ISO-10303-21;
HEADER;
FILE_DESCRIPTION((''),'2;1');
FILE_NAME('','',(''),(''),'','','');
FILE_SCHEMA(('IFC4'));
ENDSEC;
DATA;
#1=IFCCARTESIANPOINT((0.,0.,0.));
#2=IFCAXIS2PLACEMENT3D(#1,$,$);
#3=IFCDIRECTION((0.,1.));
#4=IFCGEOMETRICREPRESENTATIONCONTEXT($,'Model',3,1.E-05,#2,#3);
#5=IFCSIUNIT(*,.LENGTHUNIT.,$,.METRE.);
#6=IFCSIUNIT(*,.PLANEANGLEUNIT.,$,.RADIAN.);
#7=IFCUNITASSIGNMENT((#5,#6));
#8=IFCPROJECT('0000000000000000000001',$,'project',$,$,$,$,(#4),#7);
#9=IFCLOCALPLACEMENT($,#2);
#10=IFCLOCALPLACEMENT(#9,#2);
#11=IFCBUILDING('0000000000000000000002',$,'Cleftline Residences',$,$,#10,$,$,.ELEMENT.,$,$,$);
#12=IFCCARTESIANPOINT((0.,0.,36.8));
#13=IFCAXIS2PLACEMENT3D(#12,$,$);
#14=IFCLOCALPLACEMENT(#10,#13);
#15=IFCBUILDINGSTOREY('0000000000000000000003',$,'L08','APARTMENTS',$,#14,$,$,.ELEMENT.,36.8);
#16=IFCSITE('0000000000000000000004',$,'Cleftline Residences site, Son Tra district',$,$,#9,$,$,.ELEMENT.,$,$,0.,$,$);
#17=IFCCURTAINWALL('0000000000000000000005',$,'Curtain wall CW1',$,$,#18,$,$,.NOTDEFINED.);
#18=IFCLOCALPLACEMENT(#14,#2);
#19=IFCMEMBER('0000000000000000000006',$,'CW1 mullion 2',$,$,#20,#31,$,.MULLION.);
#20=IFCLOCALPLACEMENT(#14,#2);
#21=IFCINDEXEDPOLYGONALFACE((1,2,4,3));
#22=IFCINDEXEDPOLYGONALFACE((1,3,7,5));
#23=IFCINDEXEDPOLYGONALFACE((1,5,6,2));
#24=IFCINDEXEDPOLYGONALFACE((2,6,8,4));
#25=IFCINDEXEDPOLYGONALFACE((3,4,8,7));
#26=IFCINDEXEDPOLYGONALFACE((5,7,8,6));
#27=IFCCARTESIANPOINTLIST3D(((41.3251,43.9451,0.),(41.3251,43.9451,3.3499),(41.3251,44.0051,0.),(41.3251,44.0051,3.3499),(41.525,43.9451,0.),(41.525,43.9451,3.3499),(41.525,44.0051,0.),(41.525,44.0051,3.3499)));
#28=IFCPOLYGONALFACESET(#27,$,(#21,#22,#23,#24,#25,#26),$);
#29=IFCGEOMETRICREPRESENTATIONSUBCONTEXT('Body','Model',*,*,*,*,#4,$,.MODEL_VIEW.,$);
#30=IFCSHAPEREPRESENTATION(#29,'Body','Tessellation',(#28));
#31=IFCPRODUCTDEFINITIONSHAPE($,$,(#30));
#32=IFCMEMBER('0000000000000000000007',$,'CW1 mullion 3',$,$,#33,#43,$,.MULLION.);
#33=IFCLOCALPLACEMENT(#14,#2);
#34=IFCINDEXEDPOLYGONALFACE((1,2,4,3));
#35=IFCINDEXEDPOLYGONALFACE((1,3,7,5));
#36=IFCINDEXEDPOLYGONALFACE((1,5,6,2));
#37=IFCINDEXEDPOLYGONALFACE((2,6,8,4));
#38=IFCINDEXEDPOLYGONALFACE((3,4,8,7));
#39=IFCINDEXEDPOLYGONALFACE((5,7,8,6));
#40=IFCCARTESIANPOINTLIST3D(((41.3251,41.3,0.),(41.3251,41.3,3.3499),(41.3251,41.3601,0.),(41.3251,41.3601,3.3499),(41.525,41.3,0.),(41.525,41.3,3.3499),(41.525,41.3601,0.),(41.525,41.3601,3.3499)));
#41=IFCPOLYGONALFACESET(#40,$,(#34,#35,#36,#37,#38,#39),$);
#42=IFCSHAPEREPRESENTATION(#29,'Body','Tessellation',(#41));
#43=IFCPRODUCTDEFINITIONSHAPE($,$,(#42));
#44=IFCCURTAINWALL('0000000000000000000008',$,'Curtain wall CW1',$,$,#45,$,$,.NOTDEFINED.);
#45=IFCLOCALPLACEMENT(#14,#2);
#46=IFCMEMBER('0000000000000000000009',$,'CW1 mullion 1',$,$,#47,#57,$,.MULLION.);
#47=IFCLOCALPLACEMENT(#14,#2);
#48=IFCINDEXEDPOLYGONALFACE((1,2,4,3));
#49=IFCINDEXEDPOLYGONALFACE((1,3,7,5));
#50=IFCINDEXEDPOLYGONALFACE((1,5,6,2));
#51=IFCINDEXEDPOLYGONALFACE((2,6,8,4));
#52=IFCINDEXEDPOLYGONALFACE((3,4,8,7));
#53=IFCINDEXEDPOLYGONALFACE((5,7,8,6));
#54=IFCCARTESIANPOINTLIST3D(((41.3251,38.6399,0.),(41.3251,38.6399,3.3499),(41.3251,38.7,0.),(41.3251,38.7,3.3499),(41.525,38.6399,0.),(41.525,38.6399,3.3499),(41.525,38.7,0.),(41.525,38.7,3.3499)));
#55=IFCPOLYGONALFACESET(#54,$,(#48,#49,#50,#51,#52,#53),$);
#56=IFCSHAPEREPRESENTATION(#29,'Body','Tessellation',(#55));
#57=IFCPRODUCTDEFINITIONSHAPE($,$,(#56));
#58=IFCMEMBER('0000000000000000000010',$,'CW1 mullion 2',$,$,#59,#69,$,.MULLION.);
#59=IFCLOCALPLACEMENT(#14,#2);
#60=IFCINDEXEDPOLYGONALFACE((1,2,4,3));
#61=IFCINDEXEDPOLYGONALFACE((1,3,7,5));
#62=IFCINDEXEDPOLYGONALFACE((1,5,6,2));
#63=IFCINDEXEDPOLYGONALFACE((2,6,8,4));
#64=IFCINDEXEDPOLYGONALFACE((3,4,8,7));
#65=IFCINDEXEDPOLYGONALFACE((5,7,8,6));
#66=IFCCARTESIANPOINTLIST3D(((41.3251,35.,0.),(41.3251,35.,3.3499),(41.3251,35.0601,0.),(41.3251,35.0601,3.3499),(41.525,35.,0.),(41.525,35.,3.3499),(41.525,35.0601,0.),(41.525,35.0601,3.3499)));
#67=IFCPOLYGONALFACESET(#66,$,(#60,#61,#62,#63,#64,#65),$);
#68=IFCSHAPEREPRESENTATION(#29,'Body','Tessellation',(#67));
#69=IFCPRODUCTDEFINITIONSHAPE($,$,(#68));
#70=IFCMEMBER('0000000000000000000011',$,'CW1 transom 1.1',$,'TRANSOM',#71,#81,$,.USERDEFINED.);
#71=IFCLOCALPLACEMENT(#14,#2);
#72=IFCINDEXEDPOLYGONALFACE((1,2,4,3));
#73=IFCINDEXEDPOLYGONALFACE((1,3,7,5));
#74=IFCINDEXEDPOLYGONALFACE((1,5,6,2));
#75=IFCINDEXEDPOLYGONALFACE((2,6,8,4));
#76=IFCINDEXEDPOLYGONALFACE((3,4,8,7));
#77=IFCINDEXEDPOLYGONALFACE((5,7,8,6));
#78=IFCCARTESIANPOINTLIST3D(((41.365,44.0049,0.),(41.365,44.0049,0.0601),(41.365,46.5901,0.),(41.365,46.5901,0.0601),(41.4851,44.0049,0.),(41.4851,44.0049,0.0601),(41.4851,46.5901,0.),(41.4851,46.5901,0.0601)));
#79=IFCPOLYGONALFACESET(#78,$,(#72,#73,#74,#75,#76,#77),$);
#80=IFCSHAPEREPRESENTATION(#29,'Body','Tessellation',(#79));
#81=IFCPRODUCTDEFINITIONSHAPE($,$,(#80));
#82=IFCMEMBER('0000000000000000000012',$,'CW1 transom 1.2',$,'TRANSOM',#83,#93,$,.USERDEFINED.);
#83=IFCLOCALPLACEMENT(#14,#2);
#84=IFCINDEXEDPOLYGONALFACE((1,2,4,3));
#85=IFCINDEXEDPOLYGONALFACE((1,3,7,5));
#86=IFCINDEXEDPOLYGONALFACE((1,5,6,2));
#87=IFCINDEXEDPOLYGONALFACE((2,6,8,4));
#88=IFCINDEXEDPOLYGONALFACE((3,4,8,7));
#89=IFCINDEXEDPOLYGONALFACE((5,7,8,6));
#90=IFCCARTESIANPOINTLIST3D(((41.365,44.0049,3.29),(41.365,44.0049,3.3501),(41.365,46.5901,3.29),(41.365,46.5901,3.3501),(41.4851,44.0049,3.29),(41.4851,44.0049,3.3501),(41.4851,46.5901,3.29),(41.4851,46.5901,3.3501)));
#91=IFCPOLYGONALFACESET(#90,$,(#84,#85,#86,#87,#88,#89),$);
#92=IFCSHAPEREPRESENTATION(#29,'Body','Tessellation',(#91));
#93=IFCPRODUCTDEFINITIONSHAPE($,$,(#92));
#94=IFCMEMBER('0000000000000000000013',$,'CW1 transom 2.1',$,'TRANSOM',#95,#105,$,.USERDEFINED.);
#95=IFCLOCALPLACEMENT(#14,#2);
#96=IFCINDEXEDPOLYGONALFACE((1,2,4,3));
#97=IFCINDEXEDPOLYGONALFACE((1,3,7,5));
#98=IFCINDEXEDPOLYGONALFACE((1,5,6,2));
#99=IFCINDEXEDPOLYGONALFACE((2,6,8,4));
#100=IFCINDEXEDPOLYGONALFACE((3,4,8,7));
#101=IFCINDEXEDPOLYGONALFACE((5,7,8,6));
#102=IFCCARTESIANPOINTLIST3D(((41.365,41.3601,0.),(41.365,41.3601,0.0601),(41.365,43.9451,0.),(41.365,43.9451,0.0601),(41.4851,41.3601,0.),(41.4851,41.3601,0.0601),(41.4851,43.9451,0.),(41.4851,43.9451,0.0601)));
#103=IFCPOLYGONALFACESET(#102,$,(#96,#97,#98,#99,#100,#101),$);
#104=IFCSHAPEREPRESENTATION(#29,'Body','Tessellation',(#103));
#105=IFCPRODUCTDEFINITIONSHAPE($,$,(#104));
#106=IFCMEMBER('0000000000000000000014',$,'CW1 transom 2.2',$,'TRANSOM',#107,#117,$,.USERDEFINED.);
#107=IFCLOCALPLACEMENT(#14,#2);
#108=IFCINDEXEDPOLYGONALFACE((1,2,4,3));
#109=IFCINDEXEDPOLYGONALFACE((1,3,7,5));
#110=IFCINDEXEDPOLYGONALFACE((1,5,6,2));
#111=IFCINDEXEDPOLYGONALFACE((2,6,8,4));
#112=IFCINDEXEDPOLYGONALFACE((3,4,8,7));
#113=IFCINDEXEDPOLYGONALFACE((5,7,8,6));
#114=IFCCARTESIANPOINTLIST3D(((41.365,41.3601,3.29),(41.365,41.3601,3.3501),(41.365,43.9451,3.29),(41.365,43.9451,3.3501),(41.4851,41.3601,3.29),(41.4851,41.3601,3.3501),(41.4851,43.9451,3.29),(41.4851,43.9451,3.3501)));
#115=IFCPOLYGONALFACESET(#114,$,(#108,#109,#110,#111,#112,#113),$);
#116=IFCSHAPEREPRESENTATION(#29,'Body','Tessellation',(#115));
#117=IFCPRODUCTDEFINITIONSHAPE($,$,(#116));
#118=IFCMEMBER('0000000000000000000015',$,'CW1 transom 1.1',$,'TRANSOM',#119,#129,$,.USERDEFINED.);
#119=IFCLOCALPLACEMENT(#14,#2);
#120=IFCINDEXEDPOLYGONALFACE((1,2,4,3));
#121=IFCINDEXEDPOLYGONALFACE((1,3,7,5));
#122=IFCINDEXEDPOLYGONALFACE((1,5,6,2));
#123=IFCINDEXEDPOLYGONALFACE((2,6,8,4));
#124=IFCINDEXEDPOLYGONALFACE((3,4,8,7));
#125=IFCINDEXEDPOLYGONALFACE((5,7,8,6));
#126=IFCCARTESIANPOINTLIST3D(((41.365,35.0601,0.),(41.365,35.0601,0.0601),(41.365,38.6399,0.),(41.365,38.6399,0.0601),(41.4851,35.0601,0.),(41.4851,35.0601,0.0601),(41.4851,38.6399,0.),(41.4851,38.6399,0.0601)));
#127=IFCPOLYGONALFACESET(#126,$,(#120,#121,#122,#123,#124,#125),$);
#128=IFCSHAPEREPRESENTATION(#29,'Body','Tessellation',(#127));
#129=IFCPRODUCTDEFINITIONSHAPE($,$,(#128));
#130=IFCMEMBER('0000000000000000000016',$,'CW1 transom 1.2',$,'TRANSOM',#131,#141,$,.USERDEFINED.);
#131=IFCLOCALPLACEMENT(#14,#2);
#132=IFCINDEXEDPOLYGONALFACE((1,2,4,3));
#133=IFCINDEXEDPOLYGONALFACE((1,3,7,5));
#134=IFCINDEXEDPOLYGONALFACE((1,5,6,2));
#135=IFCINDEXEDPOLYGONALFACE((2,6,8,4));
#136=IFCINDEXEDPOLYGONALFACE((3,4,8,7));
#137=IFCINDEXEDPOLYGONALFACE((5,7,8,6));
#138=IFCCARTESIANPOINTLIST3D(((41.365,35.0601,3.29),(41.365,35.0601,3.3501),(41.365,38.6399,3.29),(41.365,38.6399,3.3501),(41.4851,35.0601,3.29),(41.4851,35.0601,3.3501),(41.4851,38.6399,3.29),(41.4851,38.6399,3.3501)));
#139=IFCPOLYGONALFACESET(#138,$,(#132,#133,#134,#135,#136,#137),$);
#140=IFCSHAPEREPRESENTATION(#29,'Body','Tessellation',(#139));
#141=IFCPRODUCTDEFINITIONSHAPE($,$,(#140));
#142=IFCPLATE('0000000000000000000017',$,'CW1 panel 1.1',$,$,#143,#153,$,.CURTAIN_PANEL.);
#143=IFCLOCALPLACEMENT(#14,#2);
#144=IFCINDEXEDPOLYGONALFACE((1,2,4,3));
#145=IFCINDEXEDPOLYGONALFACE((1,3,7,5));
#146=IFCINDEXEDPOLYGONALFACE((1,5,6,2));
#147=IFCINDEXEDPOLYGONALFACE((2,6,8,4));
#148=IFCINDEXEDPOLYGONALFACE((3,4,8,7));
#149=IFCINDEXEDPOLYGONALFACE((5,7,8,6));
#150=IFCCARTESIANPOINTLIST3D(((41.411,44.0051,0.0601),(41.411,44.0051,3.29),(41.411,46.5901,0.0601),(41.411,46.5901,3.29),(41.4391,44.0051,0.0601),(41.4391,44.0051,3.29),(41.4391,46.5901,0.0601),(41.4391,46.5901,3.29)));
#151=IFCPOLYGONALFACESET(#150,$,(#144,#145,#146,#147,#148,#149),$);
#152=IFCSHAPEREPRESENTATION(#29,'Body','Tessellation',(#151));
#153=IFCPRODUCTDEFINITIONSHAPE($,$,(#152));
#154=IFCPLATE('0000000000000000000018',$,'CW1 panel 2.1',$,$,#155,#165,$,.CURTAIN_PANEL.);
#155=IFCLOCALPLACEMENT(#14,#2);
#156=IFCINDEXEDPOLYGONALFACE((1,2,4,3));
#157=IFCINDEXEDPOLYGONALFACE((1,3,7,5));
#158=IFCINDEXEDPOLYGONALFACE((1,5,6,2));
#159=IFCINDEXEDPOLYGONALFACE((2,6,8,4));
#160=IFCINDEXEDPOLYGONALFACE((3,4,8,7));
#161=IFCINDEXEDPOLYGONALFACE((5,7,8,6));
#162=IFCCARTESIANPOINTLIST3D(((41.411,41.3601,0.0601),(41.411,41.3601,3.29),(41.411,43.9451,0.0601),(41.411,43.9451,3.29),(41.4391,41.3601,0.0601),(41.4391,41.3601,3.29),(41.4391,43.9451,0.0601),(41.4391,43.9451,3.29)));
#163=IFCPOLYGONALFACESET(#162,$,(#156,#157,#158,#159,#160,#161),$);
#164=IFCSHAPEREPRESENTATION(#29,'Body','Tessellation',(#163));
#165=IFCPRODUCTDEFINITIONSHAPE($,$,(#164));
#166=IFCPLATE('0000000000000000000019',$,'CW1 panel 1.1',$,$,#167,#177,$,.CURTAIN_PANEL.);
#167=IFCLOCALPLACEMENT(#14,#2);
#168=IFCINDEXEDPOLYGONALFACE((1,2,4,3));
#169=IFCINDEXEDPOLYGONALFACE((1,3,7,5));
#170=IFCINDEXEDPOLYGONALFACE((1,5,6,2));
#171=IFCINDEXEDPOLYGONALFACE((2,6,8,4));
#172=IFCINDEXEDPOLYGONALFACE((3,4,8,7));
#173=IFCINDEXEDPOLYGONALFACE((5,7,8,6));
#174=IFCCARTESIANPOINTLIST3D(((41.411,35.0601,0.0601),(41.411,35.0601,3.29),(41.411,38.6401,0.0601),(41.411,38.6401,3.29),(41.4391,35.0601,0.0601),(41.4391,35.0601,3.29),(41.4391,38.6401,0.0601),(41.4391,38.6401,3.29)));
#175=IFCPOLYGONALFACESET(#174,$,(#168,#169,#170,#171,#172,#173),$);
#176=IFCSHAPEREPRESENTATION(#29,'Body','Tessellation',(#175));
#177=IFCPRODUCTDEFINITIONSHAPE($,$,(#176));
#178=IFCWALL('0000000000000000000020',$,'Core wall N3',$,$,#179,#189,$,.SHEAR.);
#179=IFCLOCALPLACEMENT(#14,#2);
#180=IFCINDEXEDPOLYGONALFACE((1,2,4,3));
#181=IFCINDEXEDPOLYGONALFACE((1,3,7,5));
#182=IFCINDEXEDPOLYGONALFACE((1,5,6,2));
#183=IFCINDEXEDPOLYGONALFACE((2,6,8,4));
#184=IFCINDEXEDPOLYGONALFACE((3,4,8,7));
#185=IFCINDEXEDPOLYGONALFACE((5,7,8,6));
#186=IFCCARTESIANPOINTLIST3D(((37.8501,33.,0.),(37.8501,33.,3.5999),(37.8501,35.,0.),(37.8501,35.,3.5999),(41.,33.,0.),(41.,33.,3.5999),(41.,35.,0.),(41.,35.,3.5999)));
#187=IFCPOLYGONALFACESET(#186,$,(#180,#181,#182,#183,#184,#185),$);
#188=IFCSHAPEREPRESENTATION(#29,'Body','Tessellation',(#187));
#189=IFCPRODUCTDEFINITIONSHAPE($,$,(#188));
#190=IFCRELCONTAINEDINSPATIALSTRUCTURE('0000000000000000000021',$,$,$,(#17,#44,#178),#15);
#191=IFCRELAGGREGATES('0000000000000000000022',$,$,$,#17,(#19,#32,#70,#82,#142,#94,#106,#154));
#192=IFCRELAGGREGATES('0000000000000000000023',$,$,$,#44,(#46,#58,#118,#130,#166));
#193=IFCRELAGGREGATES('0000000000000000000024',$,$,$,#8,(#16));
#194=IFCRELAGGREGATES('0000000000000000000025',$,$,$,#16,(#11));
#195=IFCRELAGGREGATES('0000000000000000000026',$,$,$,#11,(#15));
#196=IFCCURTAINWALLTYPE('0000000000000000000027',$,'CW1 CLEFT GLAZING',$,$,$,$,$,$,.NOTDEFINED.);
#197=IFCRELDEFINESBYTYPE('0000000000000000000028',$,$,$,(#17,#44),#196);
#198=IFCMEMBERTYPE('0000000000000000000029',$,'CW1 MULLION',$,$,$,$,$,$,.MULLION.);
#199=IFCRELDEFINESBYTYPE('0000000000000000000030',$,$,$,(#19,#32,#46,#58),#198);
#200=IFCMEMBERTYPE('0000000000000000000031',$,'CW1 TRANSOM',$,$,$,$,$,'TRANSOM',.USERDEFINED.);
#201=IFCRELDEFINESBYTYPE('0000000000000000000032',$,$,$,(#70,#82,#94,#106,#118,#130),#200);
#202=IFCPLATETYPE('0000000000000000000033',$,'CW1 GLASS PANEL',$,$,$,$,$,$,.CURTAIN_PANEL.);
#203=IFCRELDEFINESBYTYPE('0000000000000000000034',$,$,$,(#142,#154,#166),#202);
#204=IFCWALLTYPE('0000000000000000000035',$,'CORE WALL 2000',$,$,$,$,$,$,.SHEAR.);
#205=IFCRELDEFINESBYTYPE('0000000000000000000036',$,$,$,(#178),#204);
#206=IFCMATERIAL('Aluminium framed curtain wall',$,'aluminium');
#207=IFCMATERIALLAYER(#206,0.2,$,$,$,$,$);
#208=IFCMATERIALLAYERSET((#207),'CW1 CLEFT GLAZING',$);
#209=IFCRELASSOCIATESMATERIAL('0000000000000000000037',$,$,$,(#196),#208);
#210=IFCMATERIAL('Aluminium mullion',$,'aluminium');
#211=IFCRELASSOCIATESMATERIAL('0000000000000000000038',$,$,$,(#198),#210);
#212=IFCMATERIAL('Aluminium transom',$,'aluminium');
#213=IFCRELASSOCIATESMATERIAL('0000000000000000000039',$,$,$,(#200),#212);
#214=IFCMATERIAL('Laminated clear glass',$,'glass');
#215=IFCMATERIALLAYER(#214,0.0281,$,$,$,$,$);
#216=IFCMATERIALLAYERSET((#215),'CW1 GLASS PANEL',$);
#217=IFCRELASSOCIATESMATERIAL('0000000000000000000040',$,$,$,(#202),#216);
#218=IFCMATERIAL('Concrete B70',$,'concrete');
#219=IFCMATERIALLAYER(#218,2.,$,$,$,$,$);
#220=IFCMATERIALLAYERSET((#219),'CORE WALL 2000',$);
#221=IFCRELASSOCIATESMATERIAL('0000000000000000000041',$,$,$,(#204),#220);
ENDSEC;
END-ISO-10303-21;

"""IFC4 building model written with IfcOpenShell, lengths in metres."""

from ifc_helpers import new_model, si_unit, direction, frame, frame_2d, origin, origin_2d, place, context, subcontext, project, spatial, rectangle, extrude, material, layer, layer_set, material_profile, profile_set, type_object, element, aggregate, save


model = new_model("IFC4")

# Units and contexts
model_context = context("Model", 3, precision=1e-05, world=origin(), true_north=direction((0.0, 1.0)))
body_context = subcontext(model_context, "Body", "Model", "MODEL_VIEW")
ifc_project = project(units=[si_unit("LENGTHUNIT", "METRE"), si_unit("PLANEANGLEUNIT", "RADIAN")], contexts=[model_context])

# Site, building, storey
site_placement = place(None, origin())
site = spatial("IfcSite", under=ifc_project, at=site_placement, Name="Cleftline Residences site, Son Tra district", CompositionType="ELEMENT", RefElevation=0.0)
building_placement = place(site_placement, origin())
building = spatial("IfcBuilding", under=site, at=building_placement, Name="Cleftline Residences", CompositionType="ELEMENT")
storey_placement = place(building_placement, frame((0.0, 0.0, 36.8)))
storey = spatial("IfcBuildingStorey", under=building, at=storey_placement, Name="L08", Description="APARTMENTS", CompositionType="ELEMENT", Elevation=36.8)

# Curtain walls, members
ifc_material_1 = material(Name="Aluminium framed curtain wall", Category="aluminium")
ifc_layer_1 = layer(ifc_material_1, 0.2)
ifc_layer_set_1 = layer_set([ifc_layer_1], Name="CW1 CLEFT GLAZING")
curtain_wall_type = type_object("IfcCurtainWallType", Name="CW1 CLEFT GLAZING", PredefinedType="NOTDEFINED", material=ifc_layer_set_1)
curtain_wall_1_placement = place(storey_placement, origin())
curtain_wall_1 = element("IfcCurtainWall", 1, at=curtain_wall_1_placement, inside=storey, type_object=curtain_wall_type, Name="Curtain wall CW1", PredefinedType="NOTDEFINED")
ifc_material_2 = material(Name="Aluminium mullion", Category="aluminium")
ifc_material_profile_1 = material_profile(ifc_material_2, rectangle(XDim=0.2, YDim=0.0601, at=origin_2d()))
ifc_profile_set_1 = profile_set([ifc_material_profile_1], Name="Aluminium mullion")
member_type_1 = type_object("IfcMemberType", Name="CW1 MULLION", PredefinedType="MULLION", material=ifc_profile_set_1)
member_1_placement = place(storey_placement, frame((41.425, 43.9751, 0.0), z_axis=(0.0, 0.0, 1.0), x_axis=(1.0, 0.0, 0.0)))
member_1 = element("IfcMember", 2, at=member_1_placement, type_object=member_type_1, Name="CW1 mullion 2", PredefinedType="MULLION", context=body_context, shape_type="SweptSolid", body=[
    extrude(rectangle(XDim=0.2, YDim=0.0601, at=origin_2d()), origin(), (0.0, 0.0, 1.0), 3.3499),
])
member_2_placement = place(storey_placement, frame((41.425, 41.3301, 0.0), z_axis=(0.0, 0.0, 1.0), x_axis=(1.0, 0.0, 0.0)))
member_2 = element("IfcMember", 3, at=member_2_placement, type_object=member_type_1, Name="CW1 mullion 3", PredefinedType="MULLION", context=body_context, shape_type="SweptSolid", body=[
    extrude(rectangle(XDim=0.2, YDim=0.0601, at=origin_2d()), origin(), (0.0, 0.0, 1.0), 3.3499),
])
curtain_wall_2_placement = place(storey_placement, origin())
curtain_wall_2 = element("IfcCurtainWall", 4, at=curtain_wall_2_placement, inside=storey, type_object=curtain_wall_type, Name="Curtain wall CW1", PredefinedType="NOTDEFINED")
member_3_placement = place(storey_placement, frame((41.425, 38.6699, 0.0), z_axis=(0.0, 0.0, 1.0), x_axis=(1.0, 0.0, 0.0)))
member_3 = element("IfcMember", 5, at=member_3_placement, type_object=member_type_1, Name="CW1 mullion 1", PredefinedType="MULLION", context=body_context, shape_type="SweptSolid", body=[
    extrude(rectangle(XDim=0.2, YDim=0.0601, at=origin_2d()), origin(), (0.0, 0.0, 1.0), 3.3499),
])
member_4_placement = place(storey_placement, frame((41.425, 35.03, 0.0), z_axis=(0.0, 0.0, 1.0), x_axis=(1.0, 0.0, 0.0)))
member_4 = element("IfcMember", 6, at=member_4_placement, type_object=member_type_1, Name="CW1 mullion 2", PredefinedType="MULLION", context=body_context, shape_type="SweptSolid", body=[
    extrude(rectangle(XDim=0.2, YDim=0.0601, at=origin_2d()), origin(), (0.0, 0.0, 1.0), 3.3499),
])

# Members
ifc_material_3 = material(Name="Aluminium transom", Category="aluminium")
ifc_material_profile_2 = material_profile(ifc_material_3, rectangle(XDim=0.1201, YDim=0.0601, at=origin_2d()))
ifc_profile_set_2 = profile_set([ifc_material_profile_2], Name="Aluminium transom")
member_type_2 = type_object("IfcMemberType", Name="CW1 TRANSOM", ElementType="TRANSOM", PredefinedType="USERDEFINED", material=ifc_profile_set_2)
member_5_placement = place(storey_placement, frame((41.425, 46.5901, 0.03), z_axis=(0.0, -1.0, 0.0), x_axis=(1.0, 0.0, 0.0)))
member_5 = element("IfcMember", 7, at=member_5_placement, type_object=member_type_2, Name="CW1 transom 1.1", ObjectType="TRANSOM", PredefinedType="USERDEFINED", context=body_context, shape_type="SweptSolid", body=[
    extrude(rectangle(XDim=0.1201, YDim=0.0601, at=origin_2d()), origin(), (0.0, 0.0, 1.0), 2.5852),
])
member_6_placement = place(storey_placement, frame((41.425, 46.5901, 3.3201), z_axis=(0.0, -1.0, 0.0), x_axis=(1.0, 0.0, 0.0)))
member_6 = element("IfcMember", 8, at=member_6_placement, type_object=member_type_2, Name="CW1 transom 1.2", ObjectType="TRANSOM", PredefinedType="USERDEFINED", context=body_context, shape_type="SweptSolid", body=[
    extrude(rectangle(XDim=0.1201, YDim=0.0601, at=origin_2d()), origin(), (0.0, 0.0, 1.0), 2.5852),
])
member_7_placement = place(storey_placement, frame((41.425, 43.9451, 0.03), z_axis=(0.0, -1.0, 0.0), x_axis=(1.0, 0.0, 0.0)))
member_7 = element("IfcMember", 9, at=member_7_placement, type_object=member_type_2, Name="CW1 transom 2.1", ObjectType="TRANSOM", PredefinedType="USERDEFINED", context=body_context, shape_type="SweptSolid", body=[
    extrude(rectangle(XDim=0.1201, YDim=0.0601, at=origin_2d()), origin(), (0.0, 0.0, 1.0), 2.585),
])
member_8_placement = place(storey_placement, frame((41.425, 43.9451, 3.3201), z_axis=(0.0, -1.0, 0.0), x_axis=(1.0, 0.0, 0.0)))
member_8 = element("IfcMember", 10, at=member_8_placement, type_object=member_type_2, Name="CW1 transom 2.2", ObjectType="TRANSOM", PredefinedType="USERDEFINED", context=body_context, shape_type="SweptSolid", body=[
    extrude(rectangle(XDim=0.1201, YDim=0.0601, at=origin_2d()), origin(), (0.0, 0.0, 1.0), 2.585),
])
member_9_placement = place(storey_placement, frame((41.425, 38.6399, 0.03), z_axis=(0.0, -1.0, 0.0), x_axis=(1.0, 0.0, 0.0)))
member_9 = element("IfcMember", 11, at=member_9_placement, type_object=member_type_2, Name="CW1 transom 1.1", ObjectType="TRANSOM", PredefinedType="USERDEFINED", context=body_context, shape_type="SweptSolid", body=[
    extrude(rectangle(XDim=0.1201, YDim=0.0601, at=origin_2d()), origin(), (0.0, 0.0, 1.0), 3.5798),
])
member_10_placement = place(storey_placement, frame((41.425, 38.6399, 3.3201), z_axis=(0.0, -1.0, 0.0), x_axis=(1.0, 0.0, 0.0)))
member_10 = element("IfcMember", 12, at=member_10_placement, type_object=member_type_2, Name="CW1 transom 1.2", ObjectType="TRANSOM", PredefinedType="USERDEFINED", context=body_context, shape_type="SweptSolid", body=[
    extrude(rectangle(XDim=0.1201, YDim=0.0601, at=origin_2d()), origin(), (0.0, 0.0, 1.0), 3.5798),
])

# Plates
ifc_material_4 = material(Name="Laminated clear glass", Category="glass")
ifc_layer_2 = layer(ifc_material_4, 0.0281)
ifc_layer_set_2 = layer_set([ifc_layer_2], Name="CW1 GLASS PANEL")
plate_type = type_object("IfcPlateType", Name="CW1 GLASS PANEL", PredefinedType="CURTAIN_PANEL", material=ifc_layer_set_2)
plate_1_placement = place(storey_placement, frame((41.425, 45.2976, 0.0601), z_axis=(0.0, 0.0, 1.0), x_axis=(0.0, -1.0, 0.0)))
plate_1 = element("IfcPlate", 13, at=plate_1_placement, type_object=plate_type, Name="CW1 panel 1.1", PredefinedType="CURTAIN_PANEL", context=body_context, shape_type="SweptSolid", body=[
    extrude(rectangle(XDim=2.585, YDim=0.0281, at=origin_2d()), origin(), (0.0, 0.0, 1.0), 3.23),
])
plate_2_placement = place(storey_placement, frame((41.425, 42.6526, 0.0601), z_axis=(0.0, 0.0, 1.0), x_axis=(0.0, -1.0, 0.0)))
plate_2 = element("IfcPlate", 14, at=plate_2_placement, type_object=plate_type, Name="CW1 panel 2.1", PredefinedType="CURTAIN_PANEL", context=body_context, shape_type="SweptSolid", body=[
    extrude(rectangle(XDim=2.585, YDim=0.0281, at=origin_2d()), origin(), (0.0, 0.0, 1.0), 3.23),
])
aggregate(curtain_wall_1, [member_1, member_2, member_5, member_6, plate_1, member_7, member_8, plate_2])
plate_3_placement = place(storey_placement, frame((41.425, 36.8501, 0.0601), z_axis=(0.0, 0.0, 1.0), x_axis=(0.0, -1.0, 0.0)))
plate_3 = element("IfcPlate", 15, at=plate_3_placement, type_object=plate_type, Name="CW1 panel 1.1", PredefinedType="CURTAIN_PANEL", context=body_context, shape_type="SweptSolid", body=[
    extrude(rectangle(XDim=3.5801, YDim=0.0281, at=origin_2d()), origin(), (0.0, 0.0, 1.0), 3.23),
])
aggregate(curtain_wall_2, [member_3, member_4, member_9, member_10, plate_3])

# Wall
ifc_material_5 = material(Name="Concrete B70", Category="concrete")
ifc_layer_3 = layer(ifc_material_5, 2.0)
ifc_layer_set_3 = layer_set([ifc_layer_3], Name="CORE WALL 2000")
wall_type_1 = type_object("IfcWallType", Name="CORE WALL 2000", PredefinedType="SHEAR", material=ifc_layer_set_3)
wall_1_placement = place(storey_placement, frame((37.8501, 34.0, 0.0), z_axis=(0.0, 0.0, 1.0), x_axis=(1.0, 0.0, 0.0)))
element("IfcWall", 16, at=wall_1_placement, inside=storey, type_object=wall_type_1, Name="Core wall N3", PredefinedType="SHEAR", context=body_context, shape_type="SweptSolid", body=[
    extrude(rectangle(XDim=3.1499, YDim=2.0, at=frame_2d((1.575, 0.0))), origin(), (0.0, 0.0, 1.0), 3.5999),
])

save(model, "model.ifc")
